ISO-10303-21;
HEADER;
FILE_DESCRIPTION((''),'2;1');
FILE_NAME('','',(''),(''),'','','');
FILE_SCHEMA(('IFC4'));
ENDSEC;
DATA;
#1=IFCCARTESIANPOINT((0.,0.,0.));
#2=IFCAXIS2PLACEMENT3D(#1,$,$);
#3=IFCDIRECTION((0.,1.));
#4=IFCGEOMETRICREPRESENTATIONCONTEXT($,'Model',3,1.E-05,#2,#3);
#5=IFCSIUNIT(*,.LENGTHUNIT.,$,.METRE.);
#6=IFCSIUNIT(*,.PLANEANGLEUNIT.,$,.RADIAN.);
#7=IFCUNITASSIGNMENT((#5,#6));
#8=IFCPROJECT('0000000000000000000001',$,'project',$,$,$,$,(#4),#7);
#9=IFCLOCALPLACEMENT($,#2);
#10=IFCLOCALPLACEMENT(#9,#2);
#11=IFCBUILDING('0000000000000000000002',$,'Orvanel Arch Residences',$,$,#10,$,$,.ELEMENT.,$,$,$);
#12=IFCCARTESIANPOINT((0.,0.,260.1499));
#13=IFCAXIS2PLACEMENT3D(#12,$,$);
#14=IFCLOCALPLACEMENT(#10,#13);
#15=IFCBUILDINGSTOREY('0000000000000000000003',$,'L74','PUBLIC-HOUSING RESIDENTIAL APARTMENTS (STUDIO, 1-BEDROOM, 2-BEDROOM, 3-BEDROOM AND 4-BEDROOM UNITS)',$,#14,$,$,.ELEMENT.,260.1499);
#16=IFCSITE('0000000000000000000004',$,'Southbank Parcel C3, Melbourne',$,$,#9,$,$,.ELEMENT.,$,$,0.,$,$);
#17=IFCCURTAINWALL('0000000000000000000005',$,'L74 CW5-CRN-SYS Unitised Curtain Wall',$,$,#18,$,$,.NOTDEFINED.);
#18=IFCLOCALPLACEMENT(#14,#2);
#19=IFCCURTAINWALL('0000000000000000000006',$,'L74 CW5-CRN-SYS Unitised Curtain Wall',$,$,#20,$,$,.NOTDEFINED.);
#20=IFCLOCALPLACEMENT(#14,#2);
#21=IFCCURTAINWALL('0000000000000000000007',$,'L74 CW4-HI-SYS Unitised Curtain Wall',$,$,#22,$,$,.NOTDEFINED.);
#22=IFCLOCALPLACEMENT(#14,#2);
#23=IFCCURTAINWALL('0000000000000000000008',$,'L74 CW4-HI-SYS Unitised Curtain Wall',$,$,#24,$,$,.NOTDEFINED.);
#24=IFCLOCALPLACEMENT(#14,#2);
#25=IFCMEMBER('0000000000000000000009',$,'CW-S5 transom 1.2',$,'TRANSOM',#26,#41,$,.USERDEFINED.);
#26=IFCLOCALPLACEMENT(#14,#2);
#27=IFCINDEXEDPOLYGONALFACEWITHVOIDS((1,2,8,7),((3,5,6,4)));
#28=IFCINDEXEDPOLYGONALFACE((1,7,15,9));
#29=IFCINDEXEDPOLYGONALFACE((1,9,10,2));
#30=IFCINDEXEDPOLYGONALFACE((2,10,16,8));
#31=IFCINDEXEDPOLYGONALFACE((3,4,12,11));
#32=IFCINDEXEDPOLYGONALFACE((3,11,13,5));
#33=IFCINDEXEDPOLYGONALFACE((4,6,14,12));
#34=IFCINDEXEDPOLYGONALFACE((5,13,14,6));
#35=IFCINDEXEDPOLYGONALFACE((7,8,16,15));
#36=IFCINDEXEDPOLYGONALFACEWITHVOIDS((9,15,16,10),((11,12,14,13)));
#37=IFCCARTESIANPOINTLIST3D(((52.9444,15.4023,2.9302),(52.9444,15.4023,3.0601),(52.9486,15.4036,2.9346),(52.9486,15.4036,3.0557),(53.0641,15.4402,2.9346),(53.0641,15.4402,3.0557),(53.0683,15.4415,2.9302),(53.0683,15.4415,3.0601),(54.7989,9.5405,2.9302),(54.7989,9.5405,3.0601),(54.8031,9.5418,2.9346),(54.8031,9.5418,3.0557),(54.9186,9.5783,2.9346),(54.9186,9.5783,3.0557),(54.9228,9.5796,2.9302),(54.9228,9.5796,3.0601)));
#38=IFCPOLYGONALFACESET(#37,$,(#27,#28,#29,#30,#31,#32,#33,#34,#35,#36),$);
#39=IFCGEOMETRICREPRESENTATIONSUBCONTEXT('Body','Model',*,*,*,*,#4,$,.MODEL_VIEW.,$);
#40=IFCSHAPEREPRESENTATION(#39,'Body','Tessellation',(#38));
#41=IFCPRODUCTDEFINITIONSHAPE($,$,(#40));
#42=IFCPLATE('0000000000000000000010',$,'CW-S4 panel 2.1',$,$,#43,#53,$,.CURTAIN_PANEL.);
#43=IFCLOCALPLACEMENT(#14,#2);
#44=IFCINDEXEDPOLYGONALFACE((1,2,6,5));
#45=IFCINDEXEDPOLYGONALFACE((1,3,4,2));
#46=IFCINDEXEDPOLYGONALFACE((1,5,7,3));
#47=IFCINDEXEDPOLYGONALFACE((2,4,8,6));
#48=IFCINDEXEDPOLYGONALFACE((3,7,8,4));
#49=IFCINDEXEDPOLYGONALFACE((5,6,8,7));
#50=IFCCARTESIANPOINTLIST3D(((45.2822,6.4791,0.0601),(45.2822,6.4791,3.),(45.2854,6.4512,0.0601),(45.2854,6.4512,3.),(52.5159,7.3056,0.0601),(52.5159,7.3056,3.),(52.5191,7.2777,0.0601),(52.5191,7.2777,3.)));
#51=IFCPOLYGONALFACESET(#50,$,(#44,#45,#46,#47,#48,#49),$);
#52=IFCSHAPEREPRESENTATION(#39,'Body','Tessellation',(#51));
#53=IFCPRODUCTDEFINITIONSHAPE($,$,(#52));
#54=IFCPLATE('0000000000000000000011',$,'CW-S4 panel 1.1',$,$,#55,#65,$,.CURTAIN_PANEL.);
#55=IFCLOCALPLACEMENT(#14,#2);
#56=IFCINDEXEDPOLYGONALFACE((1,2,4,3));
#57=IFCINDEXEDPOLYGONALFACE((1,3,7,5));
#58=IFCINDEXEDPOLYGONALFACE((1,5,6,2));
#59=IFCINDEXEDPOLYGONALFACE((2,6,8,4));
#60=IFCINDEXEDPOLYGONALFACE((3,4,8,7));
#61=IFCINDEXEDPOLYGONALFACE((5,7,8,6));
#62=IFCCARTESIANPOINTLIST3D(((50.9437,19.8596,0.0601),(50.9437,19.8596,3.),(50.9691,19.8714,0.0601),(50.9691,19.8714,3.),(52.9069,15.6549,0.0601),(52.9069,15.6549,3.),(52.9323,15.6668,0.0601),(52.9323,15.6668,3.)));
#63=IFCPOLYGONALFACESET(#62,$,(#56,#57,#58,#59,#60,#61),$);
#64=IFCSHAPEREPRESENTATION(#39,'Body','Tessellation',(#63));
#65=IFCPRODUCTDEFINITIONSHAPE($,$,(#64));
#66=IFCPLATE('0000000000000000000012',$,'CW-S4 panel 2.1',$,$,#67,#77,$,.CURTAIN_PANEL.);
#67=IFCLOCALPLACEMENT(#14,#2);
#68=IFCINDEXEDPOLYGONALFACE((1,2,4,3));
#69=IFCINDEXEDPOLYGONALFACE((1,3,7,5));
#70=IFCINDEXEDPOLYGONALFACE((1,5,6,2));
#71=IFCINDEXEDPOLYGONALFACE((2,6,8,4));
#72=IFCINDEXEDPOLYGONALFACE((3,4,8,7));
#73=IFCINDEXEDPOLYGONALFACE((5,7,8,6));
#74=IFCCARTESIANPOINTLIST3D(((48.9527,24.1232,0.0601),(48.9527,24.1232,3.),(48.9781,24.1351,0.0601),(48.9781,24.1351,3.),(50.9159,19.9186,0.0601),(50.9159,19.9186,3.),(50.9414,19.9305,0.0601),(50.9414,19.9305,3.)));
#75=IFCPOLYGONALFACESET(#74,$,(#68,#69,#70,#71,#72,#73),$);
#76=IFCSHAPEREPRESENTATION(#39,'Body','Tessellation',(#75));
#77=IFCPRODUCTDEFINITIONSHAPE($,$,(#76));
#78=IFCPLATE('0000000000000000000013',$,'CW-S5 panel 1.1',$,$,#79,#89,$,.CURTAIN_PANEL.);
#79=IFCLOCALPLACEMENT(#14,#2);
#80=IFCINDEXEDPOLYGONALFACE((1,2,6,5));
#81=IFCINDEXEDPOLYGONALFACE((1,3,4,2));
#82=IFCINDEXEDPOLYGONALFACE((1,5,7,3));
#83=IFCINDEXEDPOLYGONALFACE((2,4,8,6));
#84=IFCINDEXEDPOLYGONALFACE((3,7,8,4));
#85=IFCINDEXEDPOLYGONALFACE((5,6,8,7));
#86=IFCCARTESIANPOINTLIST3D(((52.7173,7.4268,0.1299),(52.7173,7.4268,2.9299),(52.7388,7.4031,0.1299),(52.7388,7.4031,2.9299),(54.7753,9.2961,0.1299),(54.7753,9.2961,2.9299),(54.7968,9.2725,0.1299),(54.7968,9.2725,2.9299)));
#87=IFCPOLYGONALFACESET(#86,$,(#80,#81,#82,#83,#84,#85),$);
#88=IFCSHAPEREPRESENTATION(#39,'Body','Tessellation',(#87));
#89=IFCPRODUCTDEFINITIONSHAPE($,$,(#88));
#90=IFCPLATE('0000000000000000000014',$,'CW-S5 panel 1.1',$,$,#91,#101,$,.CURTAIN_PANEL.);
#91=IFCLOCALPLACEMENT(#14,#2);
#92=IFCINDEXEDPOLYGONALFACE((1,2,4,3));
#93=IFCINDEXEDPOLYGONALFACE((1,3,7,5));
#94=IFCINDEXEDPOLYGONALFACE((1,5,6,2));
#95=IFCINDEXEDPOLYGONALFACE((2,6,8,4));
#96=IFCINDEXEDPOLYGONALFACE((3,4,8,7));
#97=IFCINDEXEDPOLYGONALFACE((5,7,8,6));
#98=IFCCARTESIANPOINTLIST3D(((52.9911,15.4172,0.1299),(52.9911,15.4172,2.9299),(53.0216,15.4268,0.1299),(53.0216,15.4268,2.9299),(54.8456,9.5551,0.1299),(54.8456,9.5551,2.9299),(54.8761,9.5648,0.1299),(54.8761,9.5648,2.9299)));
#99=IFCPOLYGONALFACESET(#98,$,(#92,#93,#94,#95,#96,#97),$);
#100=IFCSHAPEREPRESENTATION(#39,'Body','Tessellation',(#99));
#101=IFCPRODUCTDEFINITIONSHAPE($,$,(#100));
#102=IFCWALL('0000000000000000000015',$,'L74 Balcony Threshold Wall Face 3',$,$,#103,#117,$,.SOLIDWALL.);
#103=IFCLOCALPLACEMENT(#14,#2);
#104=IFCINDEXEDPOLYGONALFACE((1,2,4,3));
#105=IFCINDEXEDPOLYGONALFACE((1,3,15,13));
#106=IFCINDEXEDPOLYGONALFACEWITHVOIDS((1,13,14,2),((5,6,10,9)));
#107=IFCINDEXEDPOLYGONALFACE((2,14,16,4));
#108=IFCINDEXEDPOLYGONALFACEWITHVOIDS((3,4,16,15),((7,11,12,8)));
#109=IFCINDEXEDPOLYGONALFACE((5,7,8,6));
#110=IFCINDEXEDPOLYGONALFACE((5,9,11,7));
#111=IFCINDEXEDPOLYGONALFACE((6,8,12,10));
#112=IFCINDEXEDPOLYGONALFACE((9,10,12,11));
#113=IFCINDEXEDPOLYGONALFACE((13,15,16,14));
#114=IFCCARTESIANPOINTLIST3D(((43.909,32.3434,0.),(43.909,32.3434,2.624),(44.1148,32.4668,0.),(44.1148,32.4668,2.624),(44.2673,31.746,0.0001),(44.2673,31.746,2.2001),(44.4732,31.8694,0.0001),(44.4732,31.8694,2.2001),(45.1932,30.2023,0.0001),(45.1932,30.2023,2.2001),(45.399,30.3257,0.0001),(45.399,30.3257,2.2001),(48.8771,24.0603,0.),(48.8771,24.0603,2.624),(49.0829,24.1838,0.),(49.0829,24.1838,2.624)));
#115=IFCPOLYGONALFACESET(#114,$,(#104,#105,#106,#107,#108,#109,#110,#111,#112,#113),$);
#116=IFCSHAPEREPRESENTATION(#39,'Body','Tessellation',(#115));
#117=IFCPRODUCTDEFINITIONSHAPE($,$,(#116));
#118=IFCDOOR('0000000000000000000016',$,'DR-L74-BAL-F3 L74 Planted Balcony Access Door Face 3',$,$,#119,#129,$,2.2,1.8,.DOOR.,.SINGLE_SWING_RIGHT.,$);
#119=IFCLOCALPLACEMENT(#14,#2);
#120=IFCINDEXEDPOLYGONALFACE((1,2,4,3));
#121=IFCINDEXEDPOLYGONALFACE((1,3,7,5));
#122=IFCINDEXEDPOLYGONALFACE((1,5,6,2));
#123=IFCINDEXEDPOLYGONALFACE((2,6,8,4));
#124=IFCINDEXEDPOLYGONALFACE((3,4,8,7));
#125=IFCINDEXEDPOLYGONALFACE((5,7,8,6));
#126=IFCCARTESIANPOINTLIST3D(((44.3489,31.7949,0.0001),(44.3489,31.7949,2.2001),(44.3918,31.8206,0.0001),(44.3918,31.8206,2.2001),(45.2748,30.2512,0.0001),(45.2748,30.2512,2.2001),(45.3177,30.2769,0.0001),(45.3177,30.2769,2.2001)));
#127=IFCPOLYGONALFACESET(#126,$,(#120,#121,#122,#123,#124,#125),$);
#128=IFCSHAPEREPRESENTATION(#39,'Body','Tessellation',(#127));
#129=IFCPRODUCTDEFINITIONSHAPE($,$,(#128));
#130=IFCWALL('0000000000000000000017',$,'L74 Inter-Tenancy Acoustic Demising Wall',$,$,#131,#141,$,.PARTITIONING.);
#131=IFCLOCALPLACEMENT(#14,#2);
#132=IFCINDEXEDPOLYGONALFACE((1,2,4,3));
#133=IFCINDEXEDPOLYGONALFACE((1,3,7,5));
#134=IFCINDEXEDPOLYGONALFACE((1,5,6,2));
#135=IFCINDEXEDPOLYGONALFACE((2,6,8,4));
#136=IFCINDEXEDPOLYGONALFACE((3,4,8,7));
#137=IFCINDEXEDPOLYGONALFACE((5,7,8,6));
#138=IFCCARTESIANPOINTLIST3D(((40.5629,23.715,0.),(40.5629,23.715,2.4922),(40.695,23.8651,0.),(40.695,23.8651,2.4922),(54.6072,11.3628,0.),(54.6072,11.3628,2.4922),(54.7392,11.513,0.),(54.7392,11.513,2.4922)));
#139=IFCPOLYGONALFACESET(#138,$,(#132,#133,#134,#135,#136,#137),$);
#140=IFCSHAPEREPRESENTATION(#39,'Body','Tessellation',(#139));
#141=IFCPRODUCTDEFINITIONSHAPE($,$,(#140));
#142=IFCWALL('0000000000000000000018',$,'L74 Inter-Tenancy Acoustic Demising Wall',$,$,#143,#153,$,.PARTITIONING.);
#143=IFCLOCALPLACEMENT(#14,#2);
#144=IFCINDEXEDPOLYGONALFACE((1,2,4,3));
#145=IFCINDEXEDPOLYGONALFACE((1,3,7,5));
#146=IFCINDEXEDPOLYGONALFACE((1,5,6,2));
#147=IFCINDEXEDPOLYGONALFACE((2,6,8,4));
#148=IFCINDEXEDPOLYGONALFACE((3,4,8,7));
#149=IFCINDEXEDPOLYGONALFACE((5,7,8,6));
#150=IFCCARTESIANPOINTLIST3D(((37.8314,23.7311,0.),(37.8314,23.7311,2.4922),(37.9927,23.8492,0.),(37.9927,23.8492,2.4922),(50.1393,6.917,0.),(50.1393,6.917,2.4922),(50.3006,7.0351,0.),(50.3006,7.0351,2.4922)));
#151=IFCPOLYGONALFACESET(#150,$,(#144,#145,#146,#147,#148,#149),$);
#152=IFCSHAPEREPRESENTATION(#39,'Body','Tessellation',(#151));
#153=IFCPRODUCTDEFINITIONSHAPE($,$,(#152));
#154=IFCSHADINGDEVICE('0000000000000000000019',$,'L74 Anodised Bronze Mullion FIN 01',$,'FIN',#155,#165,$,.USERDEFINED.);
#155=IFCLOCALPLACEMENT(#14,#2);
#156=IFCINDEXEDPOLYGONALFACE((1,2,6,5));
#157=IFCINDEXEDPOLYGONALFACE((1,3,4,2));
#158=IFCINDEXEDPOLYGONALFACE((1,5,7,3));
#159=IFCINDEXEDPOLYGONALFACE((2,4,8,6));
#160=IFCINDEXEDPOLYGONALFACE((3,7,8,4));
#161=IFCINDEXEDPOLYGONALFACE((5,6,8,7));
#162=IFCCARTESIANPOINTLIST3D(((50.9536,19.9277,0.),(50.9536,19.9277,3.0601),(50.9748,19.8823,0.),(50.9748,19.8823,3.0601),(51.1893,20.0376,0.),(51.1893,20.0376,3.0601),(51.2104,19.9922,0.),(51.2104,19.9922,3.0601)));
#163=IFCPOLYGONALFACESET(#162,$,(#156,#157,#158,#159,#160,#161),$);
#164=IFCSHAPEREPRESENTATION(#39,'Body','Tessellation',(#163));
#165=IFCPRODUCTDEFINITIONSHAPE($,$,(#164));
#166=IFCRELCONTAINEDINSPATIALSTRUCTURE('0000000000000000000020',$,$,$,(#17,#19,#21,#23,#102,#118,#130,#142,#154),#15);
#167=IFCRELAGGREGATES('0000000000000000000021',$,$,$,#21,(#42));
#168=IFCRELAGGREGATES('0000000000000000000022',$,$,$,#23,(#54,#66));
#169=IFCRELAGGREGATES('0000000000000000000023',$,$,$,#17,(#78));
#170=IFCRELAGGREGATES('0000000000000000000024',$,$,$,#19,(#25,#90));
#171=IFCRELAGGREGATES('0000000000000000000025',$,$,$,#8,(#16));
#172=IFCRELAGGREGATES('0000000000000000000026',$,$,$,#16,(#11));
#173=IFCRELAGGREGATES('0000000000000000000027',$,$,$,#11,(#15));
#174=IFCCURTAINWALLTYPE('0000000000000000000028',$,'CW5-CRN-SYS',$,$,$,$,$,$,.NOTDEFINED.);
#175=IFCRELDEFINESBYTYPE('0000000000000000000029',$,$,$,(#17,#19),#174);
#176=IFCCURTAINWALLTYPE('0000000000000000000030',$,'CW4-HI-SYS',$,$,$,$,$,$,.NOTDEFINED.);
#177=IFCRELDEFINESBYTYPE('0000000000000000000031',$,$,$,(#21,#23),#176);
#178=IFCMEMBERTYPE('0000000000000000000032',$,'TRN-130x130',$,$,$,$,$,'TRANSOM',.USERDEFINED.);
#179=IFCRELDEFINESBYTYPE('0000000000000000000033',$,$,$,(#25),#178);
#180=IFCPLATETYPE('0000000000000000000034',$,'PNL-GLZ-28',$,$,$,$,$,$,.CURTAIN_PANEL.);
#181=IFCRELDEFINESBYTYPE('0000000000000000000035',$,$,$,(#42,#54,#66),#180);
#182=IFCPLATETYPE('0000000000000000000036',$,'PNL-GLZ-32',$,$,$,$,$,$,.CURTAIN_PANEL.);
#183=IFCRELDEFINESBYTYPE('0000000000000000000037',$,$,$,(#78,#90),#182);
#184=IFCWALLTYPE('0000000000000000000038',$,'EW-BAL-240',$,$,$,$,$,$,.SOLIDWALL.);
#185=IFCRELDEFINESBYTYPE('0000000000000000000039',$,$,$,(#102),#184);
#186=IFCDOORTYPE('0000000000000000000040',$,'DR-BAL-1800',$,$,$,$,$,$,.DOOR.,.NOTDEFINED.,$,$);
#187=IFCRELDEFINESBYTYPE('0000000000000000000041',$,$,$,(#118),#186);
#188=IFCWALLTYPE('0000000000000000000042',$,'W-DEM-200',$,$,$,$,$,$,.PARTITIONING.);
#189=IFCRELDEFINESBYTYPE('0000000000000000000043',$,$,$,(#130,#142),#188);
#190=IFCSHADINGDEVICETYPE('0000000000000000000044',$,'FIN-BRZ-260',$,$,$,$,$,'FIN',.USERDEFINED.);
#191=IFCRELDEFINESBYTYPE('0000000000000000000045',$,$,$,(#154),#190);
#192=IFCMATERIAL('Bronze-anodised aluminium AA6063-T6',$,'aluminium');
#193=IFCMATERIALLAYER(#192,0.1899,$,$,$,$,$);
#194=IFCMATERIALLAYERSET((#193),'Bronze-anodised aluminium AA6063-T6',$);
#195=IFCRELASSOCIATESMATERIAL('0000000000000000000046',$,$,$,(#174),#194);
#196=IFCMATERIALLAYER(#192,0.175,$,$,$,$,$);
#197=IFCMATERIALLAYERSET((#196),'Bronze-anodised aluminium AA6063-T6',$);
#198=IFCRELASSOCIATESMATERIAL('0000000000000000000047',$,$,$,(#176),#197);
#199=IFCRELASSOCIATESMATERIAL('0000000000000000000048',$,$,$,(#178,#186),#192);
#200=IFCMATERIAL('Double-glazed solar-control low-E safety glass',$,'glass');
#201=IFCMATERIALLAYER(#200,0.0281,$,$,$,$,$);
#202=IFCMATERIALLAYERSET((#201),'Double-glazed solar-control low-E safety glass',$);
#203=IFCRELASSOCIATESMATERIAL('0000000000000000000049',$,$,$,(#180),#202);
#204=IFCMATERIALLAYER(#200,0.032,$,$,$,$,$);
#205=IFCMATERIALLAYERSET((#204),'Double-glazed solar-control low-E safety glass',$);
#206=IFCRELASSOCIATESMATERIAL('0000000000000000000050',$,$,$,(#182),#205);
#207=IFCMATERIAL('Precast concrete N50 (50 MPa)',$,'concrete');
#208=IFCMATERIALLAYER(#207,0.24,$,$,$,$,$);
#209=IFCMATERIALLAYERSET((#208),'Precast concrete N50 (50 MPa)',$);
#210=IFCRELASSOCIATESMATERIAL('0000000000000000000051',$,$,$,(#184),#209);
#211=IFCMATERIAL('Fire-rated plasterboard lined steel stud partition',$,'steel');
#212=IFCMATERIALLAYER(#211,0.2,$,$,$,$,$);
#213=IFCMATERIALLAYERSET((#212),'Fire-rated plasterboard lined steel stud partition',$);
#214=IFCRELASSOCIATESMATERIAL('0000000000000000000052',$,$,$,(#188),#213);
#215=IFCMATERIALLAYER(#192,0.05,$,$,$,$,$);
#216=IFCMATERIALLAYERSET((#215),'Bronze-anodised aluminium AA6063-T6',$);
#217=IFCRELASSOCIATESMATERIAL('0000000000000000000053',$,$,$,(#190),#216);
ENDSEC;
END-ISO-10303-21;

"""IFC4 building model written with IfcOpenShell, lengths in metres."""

from ifc_helpers import new_model, si_unit, direction, frame, frame_2d, origin, origin_2d, place, context, subcontext, project, spatial, rectangle, hollow_rectangle, extrude, material, layer, layer_set, material_profile, profile_set, type_object, element, fill, aggregate, save


model = new_model("IFC4")

# Units and contexts
model_context = context("Model", 3, precision=1e-05, world=origin(), true_north=direction((0.0, 1.0)))
body_context = subcontext(model_context, "Body", "Model", "MODEL_VIEW")
ifc_project = project(units=[si_unit("LENGTHUNIT", "METRE"), si_unit("PLANEANGLEUNIT", "RADIAN")], contexts=[model_context])

# Site, building, storey
site_placement = place(None, origin())
site = spatial("IfcSite", under=ifc_project, at=site_placement, Name="Southbank Parcel C3, Melbourne", CompositionType="ELEMENT", RefElevation=0.0)
building_placement = place(site_placement, origin())
building = spatial("IfcBuilding", under=site, at=building_placement, Name="Orvanel Arch Residences", CompositionType="ELEMENT")
storey_placement = place(building_placement, frame((0.0, 0.0, 260.1499)))
storey = spatial("IfcBuildingStorey", under=building, at=storey_placement, Name="L74", Description="PUBLIC-HOUSING RESIDENTIAL APARTMENTS (STUDIO, 1-BEDROOM, 2-BEDROOM, 3-BEDROOM AND 4-BEDROOM UNITS)", CompositionType="ELEMENT", Elevation=260.1499)

# Curtain walls
ifc_material_1 = material(Name="Bronze-anodised aluminium AA6063-T6", Category="aluminium")
ifc_layer_1 = layer(ifc_material_1, 0.1899)
ifc_layer_set_1 = layer_set([ifc_layer_1], Name="Bronze-anodised aluminium AA6063-T6")
curtain_wall_type_1 = type_object("IfcCurtainWallType", Name="CW5-CRN-SYS", PredefinedType="NOTDEFINED", material=ifc_layer_set_1)
curtain_wall_1_placement = place(storey_placement, origin())
curtain_wall_1 = element("IfcCurtainWall", 1, at=curtain_wall_1_placement, inside=storey, type_object=curtain_wall_type_1, Name="L74 CW5-CRN-SYS Unitised Curtain Wall", PredefinedType="NOTDEFINED")
curtain_wall_2_placement = place(storey_placement, origin())
curtain_wall_2 = element("IfcCurtainWall", 2, at=curtain_wall_2_placement, inside=storey, type_object=curtain_wall_type_1, Name="L74 CW5-CRN-SYS Unitised Curtain Wall", PredefinedType="NOTDEFINED")

# Curtain wall
ifc_layer_2 = layer(ifc_material_1, 0.175)
ifc_layer_set_2 = layer_set([ifc_layer_2], Name="Bronze-anodised aluminium AA6063-T6")
curtain_wall_type_2 = type_object("IfcCurtainWallType", Name="CW4-HI-SYS", PredefinedType="NOTDEFINED", material=ifc_layer_set_2)
curtain_wall_3_placement = place(storey_placement, origin())
curtain_wall_3 = element("IfcCurtainWall", 3, at=curtain_wall_3_placement, inside=storey, type_object=curtain_wall_type_2, Name="L74 CW4-HI-SYS Unitised Curtain Wall", PredefinedType="NOTDEFINED")

# Curtain wall
curtain_wall_4_placement = place(storey_placement, origin())
curtain_wall_4 = element("IfcCurtainWall", 4, at=curtain_wall_4_placement, inside=storey, type_object=curtain_wall_type_2, Name="L74 CW4-HI-SYS Unitised Curtain Wall", PredefinedType="NOTDEFINED")

# Member
ifc_material_profile_1 = material_profile(ifc_material_1, hollow_rectangle(XDim=0.1299, YDim=0.1299, WallThickness=0.0044, at=origin_2d()), Name="ALU130x130x4.5")
ifc_profile_set_1 = profile_set([ifc_material_profile_1], Name="Bronze-anodised aluminium AA6063-T6")
member_type_1 = type_object("IfcMemberType", Name="TRN-130x130", ElementType="TRANSOM", PredefinedType="USERDEFINED", material=ifc_profile_set_1)
member_1_placement = place(storey_placement, frame((54.8608, 9.5601, 2.9951), z_axis=(-0.301633, 0.953424, 0.0), x_axis=(-0.953424, -0.301633, 0.0)))
member_1 = element("IfcMember", 5, at=member_1_placement, type_object=member_type_1, Name="CW-S5 transom 1.2", ObjectType="TRANSOM", PredefinedType="USERDEFINED", context=body_context, shape_type="SweptSolid", body=[
    extrude(hollow_rectangle(XDim=0.1299, YDim=0.1299, WallThickness=0.0044, at=origin_2d()), origin(), (0.0, 0.0, 1.0), 6.1482),
])

# Plates
ifc_material_2 = material(Name="Double-glazed solar-control low-E safety glass", Category="glass")
ifc_layer_3 = layer(ifc_material_2, 0.0281)
ifc_layer_set_3 = layer_set([ifc_layer_3], Name="Double-glazed solar-control low-E safety glass")
plate_type_1 = type_object("IfcPlateType", Name="PNL-GLZ-28", PredefinedType="CURTAIN_PANEL", material=ifc_layer_set_3)
plate_1_placement = place(storey_placement, frame((48.9006, 6.8784, 0.0601), z_axis=(0.0, 0.0, 1.0), x_axis=(0.993537, 0.11351, 0.0)))
plate_1 = element("IfcPlate", 6, at=plate_1_placement, type_object=plate_type_1, Name="CW-S4 panel 2.1", PredefinedType="CURTAIN_PANEL", context=body_context, shape_type="SweptSolid", body=[
    extrude(rectangle(XDim=7.2808, YDim=0.0281, at=origin_2d()), origin(), (0.0, 0.0, 1.0), 2.9399),
])
aggregate(curtain_wall_3, [plate_1])
plate_2_placement = place(storey_placement, frame((51.938, 17.7632, 0.0601), z_axis=(0.0, 0.0, 1.0), x_axis=(-0.423076, 0.906094, 0.0)))
plate_2 = element("IfcPlate", 7, at=plate_2_placement, type_object=plate_type_1, Name="CW-S4 panel 1.1", PredefinedType="CURTAIN_PANEL", context=body_context, shape_type="SweptSolid", body=[
    extrude(rectangle(XDim=4.6404, YDim=0.0281, at=origin_2d()), origin(), (0.0, 0.0, 1.0), 2.9399),
])
plate_3_placement = place(storey_placement, frame((49.947, 22.0269, 0.0601), z_axis=(0.0, 0.0, 1.0), x_axis=(-0.423076, 0.906094, 0.0)))
plate_3 = element("IfcPlate", 8, at=plate_3_placement, type_object=plate_type_1, Name="CW-S4 panel 2.1", PredefinedType="CURTAIN_PANEL", context=body_context, shape_type="SweptSolid", body=[
    extrude(rectangle(XDim=4.6404, YDim=0.0281, at=origin_2d()), origin(), (0.0, 0.0, 1.0), 2.9399),
])
aggregate(curtain_wall_4, [plate_2, plate_3])
ifc_layer_4 = layer(ifc_material_2, 0.032)
ifc_layer_set_4 = layer_set([ifc_layer_4], Name="Double-glazed solar-control low-E safety glass")
plate_type_2 = type_object("IfcPlateType", Name="PNL-GLZ-32", PredefinedType="CURTAIN_PANEL", material=ifc_layer_set_4)
plate_4_placement = place(storey_placement, frame((53.7571, 8.3496, 0.1299), z_axis=(0.0, 0.0, 1.0), x_axis=(0.740219, 0.672366, 0.0)))
plate_4 = element("IfcPlate", 9, at=plate_4_placement, type_object=plate_type_2, Name="CW-S5 panel 1.1", PredefinedType="CURTAIN_PANEL", context=body_context, shape_type="SweptSolid", body=[
    extrude(rectangle(XDim=2.7803, YDim=0.032, at=origin_2d()), origin(), (0.0, 0.0, 1.0), 2.8),
])
aggregate(curtain_wall_1, [plate_4])
plate_5_placement = place(storey_placement, frame((53.9336, 12.491, 0.1299), z_axis=(0.0, 0.0, 1.0), x_axis=(-0.301629, 0.953426, 0.0)))
plate_5 = element("IfcPlate", 10, at=plate_5_placement, type_object=plate_type_2, Name="CW-S5 panel 1.1", PredefinedType="CURTAIN_PANEL", context=body_context, shape_type="SweptSolid", body=[
    extrude(rectangle(XDim=6.1484, YDim=0.032, at=origin_2d()), origin(), (0.0, 0.0, 1.0), 2.8),
])
aggregate(curtain_wall_2, [member_1, plate_5])

# Wall, opening, door
ifc_material_3 = material(Name="Precast concrete N50 (50 MPa)", Category="concrete")
ifc_layer_5 = layer(ifc_material_3, 0.24)
ifc_layer_set_5 = layer_set([ifc_layer_5], Name="Precast concrete N50 (50 MPa)")
wall_type_1 = type_object("IfcWallType", Name="EW-BAL-240", PredefinedType="SOLIDWALL", material=ifc_layer_set_5)
wall_1_placement = place(storey_placement, frame((48.98, 24.1221, 0.0), z_axis=(0.0, 0.0, 1.0), x_axis=(-0.514362, 0.857573, 0.0)))
wall_1 = element("IfcWall", 11, at=wall_1_placement, inside=storey, type_object=wall_type_1, Name="L74 Balcony Threshold Wall Face 3", PredefinedType="SOLIDWALL", context=body_context, shape_type="SweptSolid", body=[
    extrude(rectangle(XDim=9.6587, YDim=0.24, at=frame_2d((4.8293, 0.0))), origin(), (0.0, 0.0, 1.0), 2.624),
])
opening_placement = place(wall_1_placement, frame((7.1621, 0.0, 0.0)))
opening = element("IfcOpeningElement", 12, at=opening_placement, cuts=wall_1, PredefinedType="OPENING", context=body_context, shape_type="SweptSolid", body=[
    extrude(rectangle(XDim=1.8, YDim=2.2, at=frame_2d((0.8999, 1.1001))), frame((0.0, 0.1299, 0.0), z_axis=(0.0, -1.0, 0.0), x_axis=(1.0, 0.0, 0.0)), (0.0, 0.0, 1.0), 0.26),
])
door_type = type_object("IfcDoorType", Name="DR-BAL-1800", OperationType="NOTDEFINED", PredefinedType="DOOR", material=ifc_material_1)
door_placement = place(opening_placement, origin())
door = element("IfcDoor", 13, at=door_placement, inside=storey, type_object=door_type, Name="DR-L74-BAL-F3 L74 Planted Balcony Access Door Face 3", OperationType="SINGLE_SWING_RIGHT", OverallHeight=2.2, OverallWidth=1.8, PredefinedType="DOOR", context=body_context, shape_type="SweptSolid", body=[
    extrude(rectangle(XDim=1.8, YDim=2.2, at=frame_2d((0.8999, 1.1001))), frame((0.0, 0.0249, 0.0), z_axis=(0.0, -1.0, 0.0), x_axis=(1.0, 0.0, 0.0)), (0.0, 0.0, 1.0), 0.05),
])
fill(opening, door)

# Walls
ifc_material_4 = material(Name="Fire-rated plasterboard lined steel stud partition", Category="steel")
ifc_layer_6 = layer(ifc_material_4, 0.2)
ifc_layer_set_6 = layer_set([ifc_layer_6], Name="Fire-rated plasterboard lined steel stud partition")
wall_type_2 = type_object("IfcWallType", Name="W-DEM-200", PredefinedType="PARTITIONING", material=ifc_layer_set_6)
wall_2_placement = place(storey_placement, frame((54.6731, 11.438, 0.0), z_axis=(0.0, 0.0, 1.0), x_axis=(-0.750895, 0.660422, 0.0)))
element("IfcWall", 14, at=wall_2_placement, inside=storey, type_object=wall_type_2, Name="L74 Inter-Tenancy Acoustic Demising Wall", PredefinedType="PARTITIONING", context=body_context, shape_type="SweptSolid", body=[
    extrude(rectangle(XDim=18.7034, YDim=0.2, at=frame_2d((9.3516, 0.0))), origin(), (0.0, 0.0, 1.0), 2.4922),
])
wall_3_placement = place(storey_placement, frame((50.22, 6.9761, 0.0), z_axis=(0.0, 0.0, 1.0), x_axis=(-0.590665, 0.806917, 0.0)))
element("IfcWall", 15, at=wall_3_placement, inside=storey, type_object=wall_type_2, Name="L74 Inter-Tenancy Acoustic Demising Wall", PredefinedType="PARTITIONING", context=body_context, shape_type="SweptSolid", body=[
    extrude(rectangle(XDim=20.8374, YDim=0.2, at=frame_2d((10.4187, 0.0))), origin(), (0.0, 0.0, 1.0), 2.4922),
])

# Shading device
ifc_layer_7 = layer(ifc_material_1, 0.05)
ifc_layer_set_7 = layer_set([ifc_layer_7], Name="Bronze-anodised aluminium AA6063-T6")
shading_device_type = type_object("IfcShadingDeviceType", Name="FIN-BRZ-260", ElementType="FIN", PredefinedType="USERDEFINED", material=ifc_layer_set_7)
shading_device_placement = place(storey_placement, frame((51.082, 19.96, 0.0), z_axis=(0.0, 0.0, 1.0), x_axis=(0.906308, 0.422618, 0.0)))
element("IfcShadingDevice", 16, at=shading_device_placement, inside=storey, type_object=shading_device_type, Name="L74 Anodised Bronze Mullion FIN 01", ObjectType="FIN", PredefinedType="USERDEFINED", context=body_context, shape_type="SweptSolid", body=[
    extrude(rectangle(XDim=0.26, YDim=0.05, at=origin_2d()), origin(), (0.0, 0.0, 1.0), 3.0601),
])

save(model, "model.ifc")
